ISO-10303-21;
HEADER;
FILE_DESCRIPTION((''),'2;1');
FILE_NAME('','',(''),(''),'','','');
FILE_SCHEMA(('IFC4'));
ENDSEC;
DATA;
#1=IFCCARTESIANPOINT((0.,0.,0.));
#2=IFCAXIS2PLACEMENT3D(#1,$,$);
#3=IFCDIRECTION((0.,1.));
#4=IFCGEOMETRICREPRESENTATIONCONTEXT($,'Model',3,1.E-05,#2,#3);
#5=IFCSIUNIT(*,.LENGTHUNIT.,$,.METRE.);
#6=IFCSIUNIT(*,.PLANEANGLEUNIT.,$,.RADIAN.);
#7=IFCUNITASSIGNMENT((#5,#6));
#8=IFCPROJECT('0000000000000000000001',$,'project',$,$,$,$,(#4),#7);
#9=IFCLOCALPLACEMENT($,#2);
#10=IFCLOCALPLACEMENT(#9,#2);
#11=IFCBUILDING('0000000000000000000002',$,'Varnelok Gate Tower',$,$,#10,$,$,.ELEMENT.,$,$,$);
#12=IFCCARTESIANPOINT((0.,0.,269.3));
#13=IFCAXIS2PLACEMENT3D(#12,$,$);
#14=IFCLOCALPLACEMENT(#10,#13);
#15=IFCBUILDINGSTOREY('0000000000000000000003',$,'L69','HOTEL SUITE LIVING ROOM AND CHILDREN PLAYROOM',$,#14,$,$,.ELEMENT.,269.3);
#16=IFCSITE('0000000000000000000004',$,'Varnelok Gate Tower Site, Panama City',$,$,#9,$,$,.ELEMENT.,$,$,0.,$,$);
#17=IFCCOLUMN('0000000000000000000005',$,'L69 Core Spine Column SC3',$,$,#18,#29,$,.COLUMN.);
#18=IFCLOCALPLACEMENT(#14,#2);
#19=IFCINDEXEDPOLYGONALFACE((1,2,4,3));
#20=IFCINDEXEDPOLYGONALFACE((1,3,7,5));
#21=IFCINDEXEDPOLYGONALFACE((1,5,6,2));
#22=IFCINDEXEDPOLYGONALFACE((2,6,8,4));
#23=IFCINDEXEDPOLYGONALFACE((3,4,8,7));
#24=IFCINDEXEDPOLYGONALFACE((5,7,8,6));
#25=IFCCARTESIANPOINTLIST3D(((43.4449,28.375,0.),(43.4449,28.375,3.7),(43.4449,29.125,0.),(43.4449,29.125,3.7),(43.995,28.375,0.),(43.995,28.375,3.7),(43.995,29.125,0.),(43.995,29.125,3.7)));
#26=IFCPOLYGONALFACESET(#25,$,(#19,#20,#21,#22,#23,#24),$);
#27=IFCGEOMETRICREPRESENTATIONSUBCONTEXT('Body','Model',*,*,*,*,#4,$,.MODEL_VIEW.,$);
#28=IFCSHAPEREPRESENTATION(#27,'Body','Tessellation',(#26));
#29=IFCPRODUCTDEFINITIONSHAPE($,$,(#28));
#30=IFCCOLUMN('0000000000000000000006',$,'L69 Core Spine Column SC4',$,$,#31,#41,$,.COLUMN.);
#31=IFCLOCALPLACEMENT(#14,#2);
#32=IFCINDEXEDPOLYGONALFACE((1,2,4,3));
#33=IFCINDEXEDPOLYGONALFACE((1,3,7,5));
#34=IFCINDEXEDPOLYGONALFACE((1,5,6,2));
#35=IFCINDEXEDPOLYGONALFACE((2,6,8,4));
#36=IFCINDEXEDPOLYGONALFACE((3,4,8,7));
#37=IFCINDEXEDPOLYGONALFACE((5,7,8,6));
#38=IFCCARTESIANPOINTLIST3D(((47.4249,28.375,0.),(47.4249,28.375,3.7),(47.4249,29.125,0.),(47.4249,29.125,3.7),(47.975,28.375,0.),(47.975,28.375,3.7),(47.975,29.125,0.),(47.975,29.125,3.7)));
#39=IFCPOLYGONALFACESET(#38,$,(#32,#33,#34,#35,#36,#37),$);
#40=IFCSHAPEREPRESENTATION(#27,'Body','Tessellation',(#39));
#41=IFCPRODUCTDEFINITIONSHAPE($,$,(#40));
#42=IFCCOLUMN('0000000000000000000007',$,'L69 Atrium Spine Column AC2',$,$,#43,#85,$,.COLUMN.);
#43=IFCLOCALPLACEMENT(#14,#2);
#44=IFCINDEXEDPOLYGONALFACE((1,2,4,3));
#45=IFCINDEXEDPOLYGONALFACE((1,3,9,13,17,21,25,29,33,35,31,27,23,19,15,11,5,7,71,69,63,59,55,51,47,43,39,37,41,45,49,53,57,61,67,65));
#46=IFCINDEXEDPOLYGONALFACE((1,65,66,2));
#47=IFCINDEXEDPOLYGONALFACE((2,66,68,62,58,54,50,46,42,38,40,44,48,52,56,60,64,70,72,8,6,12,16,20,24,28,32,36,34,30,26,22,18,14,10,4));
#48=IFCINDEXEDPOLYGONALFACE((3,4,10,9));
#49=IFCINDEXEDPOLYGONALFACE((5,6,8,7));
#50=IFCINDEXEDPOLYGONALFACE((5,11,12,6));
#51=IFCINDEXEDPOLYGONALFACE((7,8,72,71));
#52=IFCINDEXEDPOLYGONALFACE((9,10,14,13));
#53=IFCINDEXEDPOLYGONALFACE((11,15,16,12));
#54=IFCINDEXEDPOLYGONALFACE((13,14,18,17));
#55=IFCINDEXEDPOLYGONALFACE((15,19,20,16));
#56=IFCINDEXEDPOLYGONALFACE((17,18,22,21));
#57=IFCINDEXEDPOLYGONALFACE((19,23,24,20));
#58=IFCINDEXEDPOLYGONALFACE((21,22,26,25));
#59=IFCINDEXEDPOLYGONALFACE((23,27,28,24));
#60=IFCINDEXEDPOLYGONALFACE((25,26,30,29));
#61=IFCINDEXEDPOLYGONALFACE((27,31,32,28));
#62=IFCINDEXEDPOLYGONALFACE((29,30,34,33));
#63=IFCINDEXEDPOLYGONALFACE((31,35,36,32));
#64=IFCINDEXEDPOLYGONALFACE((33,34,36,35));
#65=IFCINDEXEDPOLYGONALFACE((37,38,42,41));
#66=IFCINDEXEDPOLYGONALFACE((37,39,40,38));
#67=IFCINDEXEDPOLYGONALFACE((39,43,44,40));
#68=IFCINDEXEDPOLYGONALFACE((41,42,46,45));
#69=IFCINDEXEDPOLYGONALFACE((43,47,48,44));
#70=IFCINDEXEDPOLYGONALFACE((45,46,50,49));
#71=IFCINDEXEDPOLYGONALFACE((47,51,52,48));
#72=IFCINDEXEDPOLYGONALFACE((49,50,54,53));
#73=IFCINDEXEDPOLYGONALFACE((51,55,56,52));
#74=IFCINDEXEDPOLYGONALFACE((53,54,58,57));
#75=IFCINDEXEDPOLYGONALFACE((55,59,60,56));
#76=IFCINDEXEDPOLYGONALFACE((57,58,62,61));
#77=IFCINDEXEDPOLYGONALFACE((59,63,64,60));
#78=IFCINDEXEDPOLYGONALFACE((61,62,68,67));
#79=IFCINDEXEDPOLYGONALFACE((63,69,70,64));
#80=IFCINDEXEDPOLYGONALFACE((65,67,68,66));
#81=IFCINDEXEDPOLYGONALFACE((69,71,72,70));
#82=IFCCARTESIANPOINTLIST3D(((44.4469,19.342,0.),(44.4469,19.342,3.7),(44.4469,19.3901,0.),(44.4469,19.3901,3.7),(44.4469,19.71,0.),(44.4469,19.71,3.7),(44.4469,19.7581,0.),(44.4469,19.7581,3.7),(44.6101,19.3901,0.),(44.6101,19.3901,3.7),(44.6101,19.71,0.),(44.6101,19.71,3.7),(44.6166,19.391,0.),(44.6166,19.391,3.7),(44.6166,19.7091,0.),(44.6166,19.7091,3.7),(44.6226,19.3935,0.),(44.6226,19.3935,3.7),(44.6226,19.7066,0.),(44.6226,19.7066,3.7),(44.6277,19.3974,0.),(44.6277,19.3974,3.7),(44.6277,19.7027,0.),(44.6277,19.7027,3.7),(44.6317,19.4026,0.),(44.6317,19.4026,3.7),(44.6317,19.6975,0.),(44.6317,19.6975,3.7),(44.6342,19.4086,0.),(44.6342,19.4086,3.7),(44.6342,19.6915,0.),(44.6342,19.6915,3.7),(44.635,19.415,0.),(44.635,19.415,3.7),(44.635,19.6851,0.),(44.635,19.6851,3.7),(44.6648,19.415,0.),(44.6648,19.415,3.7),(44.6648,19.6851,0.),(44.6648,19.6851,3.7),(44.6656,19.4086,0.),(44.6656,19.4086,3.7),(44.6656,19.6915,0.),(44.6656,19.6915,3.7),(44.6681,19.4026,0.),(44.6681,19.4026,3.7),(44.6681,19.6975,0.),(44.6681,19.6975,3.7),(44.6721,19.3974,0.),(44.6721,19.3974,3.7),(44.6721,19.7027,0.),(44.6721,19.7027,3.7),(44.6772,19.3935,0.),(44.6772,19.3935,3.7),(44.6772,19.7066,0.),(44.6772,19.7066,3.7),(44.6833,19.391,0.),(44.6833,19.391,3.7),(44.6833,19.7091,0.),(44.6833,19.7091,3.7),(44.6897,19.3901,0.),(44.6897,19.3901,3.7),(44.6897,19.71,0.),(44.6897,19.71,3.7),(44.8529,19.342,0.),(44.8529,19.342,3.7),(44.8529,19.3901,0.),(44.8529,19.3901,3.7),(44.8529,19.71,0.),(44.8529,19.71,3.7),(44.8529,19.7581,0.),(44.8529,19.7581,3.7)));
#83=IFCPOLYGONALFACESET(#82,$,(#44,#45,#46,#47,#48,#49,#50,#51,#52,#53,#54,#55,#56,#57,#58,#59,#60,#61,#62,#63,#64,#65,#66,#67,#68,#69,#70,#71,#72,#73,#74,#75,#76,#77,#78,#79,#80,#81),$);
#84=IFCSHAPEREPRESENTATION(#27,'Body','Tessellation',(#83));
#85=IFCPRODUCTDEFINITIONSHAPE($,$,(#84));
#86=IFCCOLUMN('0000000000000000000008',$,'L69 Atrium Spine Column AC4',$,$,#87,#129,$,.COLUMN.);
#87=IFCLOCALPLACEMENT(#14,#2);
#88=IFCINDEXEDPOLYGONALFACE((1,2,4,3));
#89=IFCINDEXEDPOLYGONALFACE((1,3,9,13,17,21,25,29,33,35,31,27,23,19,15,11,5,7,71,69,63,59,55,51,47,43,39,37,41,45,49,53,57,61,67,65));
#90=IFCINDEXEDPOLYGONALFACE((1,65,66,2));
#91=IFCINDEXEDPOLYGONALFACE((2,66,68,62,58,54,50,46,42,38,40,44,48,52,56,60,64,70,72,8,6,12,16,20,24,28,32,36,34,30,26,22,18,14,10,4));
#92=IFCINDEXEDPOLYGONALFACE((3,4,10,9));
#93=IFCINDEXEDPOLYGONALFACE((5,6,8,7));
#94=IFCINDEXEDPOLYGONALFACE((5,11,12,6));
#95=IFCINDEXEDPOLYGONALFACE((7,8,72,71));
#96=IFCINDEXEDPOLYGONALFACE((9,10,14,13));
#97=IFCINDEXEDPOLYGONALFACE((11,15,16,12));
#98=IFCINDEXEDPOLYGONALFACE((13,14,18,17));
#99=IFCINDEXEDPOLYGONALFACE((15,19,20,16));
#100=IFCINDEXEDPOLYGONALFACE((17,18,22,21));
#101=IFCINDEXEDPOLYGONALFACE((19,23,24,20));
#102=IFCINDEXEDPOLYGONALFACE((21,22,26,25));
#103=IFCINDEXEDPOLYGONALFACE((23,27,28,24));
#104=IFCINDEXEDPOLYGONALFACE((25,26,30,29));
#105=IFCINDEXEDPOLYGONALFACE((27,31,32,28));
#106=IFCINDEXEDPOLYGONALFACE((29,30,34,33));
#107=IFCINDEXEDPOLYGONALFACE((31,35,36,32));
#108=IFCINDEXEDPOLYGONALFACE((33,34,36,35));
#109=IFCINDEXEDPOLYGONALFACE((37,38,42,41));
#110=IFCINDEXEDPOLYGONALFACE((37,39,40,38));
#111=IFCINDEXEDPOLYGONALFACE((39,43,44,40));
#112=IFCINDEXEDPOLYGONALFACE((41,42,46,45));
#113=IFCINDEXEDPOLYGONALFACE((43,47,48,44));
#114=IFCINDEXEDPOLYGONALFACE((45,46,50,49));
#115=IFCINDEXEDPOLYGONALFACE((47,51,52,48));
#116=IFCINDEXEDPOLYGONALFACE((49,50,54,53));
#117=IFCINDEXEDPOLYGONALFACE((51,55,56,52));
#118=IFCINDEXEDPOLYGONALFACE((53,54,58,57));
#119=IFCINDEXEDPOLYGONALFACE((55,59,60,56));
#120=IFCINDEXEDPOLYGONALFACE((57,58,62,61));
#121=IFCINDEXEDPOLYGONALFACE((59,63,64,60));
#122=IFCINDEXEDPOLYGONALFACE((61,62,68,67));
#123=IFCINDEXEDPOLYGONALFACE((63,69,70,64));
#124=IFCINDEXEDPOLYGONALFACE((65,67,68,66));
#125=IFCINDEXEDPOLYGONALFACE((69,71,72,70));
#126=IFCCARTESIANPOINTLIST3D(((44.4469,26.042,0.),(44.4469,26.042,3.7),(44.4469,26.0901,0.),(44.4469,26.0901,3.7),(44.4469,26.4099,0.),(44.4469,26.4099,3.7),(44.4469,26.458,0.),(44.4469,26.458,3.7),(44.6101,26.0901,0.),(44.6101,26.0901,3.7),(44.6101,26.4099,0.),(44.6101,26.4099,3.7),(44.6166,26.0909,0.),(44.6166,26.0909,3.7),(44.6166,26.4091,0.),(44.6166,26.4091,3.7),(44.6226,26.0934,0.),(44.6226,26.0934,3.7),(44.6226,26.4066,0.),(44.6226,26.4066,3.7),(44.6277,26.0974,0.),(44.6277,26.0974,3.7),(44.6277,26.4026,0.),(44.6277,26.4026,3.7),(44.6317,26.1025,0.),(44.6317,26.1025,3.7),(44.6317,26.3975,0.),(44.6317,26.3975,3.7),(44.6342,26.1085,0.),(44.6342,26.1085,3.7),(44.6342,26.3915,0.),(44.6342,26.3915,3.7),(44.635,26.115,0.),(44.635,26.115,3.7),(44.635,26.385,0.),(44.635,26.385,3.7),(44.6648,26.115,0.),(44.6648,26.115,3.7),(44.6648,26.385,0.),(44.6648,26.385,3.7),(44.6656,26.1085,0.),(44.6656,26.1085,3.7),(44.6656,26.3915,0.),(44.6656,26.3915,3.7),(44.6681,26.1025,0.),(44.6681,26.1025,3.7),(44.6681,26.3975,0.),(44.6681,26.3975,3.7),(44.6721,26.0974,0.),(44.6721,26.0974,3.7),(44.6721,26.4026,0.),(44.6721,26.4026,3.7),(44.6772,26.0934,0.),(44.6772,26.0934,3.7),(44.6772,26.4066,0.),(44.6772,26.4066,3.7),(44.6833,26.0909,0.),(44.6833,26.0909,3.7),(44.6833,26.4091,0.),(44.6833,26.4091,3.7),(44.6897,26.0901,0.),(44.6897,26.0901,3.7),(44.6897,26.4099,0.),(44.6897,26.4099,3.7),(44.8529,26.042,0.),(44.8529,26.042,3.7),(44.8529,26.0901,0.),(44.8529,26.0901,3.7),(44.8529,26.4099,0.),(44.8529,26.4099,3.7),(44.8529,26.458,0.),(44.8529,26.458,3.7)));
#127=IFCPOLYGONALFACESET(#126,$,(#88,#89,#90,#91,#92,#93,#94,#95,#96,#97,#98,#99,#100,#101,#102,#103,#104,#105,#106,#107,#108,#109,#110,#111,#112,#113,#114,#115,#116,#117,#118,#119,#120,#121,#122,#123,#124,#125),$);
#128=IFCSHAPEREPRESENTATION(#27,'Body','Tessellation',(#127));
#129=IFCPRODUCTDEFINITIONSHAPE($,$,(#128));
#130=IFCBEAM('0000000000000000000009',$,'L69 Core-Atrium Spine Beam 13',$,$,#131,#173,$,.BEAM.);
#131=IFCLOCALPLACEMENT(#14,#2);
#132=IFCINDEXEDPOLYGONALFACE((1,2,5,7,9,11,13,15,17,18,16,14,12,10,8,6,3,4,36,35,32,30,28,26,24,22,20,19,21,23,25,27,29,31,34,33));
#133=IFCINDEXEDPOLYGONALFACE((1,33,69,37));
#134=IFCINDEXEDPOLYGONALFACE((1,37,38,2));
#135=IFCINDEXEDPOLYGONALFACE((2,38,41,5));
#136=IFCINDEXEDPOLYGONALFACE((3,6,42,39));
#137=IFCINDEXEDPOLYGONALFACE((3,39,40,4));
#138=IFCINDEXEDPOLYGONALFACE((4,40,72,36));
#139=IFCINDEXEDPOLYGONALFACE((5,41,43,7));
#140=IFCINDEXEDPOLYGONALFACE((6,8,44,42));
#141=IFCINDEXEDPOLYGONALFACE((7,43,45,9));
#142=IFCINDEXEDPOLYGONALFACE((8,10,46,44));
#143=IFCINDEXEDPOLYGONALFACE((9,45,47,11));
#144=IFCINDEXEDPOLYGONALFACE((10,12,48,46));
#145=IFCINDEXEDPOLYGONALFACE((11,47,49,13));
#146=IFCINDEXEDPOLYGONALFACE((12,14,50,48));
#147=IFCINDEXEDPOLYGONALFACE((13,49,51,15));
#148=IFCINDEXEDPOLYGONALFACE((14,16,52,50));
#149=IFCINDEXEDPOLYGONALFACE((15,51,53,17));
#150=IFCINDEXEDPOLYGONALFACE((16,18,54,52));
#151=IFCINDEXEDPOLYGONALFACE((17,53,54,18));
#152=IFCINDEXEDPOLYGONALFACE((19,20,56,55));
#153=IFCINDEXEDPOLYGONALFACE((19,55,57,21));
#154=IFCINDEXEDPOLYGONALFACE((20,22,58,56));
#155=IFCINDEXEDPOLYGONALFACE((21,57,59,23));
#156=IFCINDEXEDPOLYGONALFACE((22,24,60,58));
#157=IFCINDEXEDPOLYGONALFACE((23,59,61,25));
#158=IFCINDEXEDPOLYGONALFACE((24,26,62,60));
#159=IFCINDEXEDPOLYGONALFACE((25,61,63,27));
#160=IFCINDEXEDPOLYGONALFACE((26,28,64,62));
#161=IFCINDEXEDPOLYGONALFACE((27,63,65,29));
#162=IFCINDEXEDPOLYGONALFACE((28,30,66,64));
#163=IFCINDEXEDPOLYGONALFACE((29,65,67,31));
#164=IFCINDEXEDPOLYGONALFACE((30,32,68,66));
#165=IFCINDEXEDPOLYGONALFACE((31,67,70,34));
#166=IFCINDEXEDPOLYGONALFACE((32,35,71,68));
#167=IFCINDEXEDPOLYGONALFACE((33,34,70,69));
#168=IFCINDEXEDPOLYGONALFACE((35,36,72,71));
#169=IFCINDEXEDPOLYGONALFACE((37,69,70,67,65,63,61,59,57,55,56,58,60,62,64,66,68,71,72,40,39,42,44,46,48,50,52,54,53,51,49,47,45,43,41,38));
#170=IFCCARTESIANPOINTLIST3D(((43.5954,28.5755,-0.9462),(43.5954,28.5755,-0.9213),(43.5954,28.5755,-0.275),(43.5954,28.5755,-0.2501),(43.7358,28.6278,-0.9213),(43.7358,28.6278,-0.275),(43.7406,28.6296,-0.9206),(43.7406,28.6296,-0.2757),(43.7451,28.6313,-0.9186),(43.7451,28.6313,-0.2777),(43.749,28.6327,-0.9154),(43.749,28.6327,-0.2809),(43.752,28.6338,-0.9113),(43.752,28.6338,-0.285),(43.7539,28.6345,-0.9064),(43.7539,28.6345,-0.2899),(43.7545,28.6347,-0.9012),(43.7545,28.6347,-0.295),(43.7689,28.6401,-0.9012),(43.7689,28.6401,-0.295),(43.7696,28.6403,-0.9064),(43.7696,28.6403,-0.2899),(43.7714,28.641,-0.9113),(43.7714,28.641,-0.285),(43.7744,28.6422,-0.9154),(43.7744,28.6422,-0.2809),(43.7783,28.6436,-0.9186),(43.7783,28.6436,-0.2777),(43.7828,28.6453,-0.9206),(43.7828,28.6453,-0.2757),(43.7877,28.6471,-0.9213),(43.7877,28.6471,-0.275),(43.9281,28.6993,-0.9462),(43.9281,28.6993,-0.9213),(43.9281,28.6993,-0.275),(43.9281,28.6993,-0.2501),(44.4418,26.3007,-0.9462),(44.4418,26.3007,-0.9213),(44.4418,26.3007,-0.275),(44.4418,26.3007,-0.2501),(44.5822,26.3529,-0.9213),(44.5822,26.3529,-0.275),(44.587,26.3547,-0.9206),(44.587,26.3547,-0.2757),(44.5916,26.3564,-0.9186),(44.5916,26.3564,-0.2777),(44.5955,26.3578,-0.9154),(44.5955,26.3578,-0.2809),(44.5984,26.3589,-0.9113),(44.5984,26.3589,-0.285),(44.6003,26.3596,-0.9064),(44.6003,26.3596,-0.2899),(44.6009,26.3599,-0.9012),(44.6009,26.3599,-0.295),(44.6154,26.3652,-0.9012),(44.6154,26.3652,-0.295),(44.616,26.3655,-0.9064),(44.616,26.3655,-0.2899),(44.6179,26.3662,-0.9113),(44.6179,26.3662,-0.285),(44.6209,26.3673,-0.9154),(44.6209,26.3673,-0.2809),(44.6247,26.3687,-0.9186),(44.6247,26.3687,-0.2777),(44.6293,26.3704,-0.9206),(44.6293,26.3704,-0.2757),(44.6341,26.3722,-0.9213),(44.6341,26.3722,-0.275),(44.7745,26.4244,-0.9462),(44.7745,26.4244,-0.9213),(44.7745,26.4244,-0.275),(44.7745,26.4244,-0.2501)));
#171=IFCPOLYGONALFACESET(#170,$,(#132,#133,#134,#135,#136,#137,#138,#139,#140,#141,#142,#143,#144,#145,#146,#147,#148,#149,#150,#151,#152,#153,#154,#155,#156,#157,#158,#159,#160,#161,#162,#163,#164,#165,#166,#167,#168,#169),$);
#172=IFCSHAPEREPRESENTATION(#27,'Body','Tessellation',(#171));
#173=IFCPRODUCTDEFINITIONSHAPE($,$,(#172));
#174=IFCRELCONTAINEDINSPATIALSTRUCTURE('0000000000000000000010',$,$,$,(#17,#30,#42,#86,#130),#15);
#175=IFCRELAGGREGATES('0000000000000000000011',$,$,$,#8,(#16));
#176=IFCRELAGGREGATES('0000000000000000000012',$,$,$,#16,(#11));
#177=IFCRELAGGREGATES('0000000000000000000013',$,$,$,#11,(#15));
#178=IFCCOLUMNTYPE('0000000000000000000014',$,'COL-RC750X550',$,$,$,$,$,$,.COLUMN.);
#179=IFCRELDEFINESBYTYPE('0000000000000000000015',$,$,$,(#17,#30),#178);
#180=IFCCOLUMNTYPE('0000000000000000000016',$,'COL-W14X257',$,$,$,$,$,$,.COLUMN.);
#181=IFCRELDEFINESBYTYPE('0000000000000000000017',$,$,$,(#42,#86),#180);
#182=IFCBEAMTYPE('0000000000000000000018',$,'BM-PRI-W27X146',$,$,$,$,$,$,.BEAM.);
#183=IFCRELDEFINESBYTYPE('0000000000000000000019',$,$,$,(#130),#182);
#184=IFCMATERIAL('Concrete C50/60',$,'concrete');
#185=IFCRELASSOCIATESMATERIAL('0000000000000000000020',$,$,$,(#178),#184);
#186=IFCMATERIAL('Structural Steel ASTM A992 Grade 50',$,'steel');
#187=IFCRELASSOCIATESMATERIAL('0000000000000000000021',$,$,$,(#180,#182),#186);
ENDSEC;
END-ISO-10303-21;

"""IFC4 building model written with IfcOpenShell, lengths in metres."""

from ifc_helpers import new_model, si_unit, direction, frame, origin, origin_2d, place, context, subcontext, project, spatial, rectangle, i_section, extrude, material, material_profile, profile_set, type_object, element, save


model = new_model("IFC4")

# Units and contexts
model_context = context("Model", 3, precision=1e-05, world=origin(), true_north=direction((0.0, 1.0)))
body_context = subcontext(model_context, "Body", "Model", "MODEL_VIEW")
ifc_project = project(units=[si_unit("LENGTHUNIT", "METRE"), si_unit("PLANEANGLEUNIT", "RADIAN")], contexts=[model_context])

# Site, building, storey
site_placement = place(None, origin())
site = spatial("IfcSite", under=ifc_project, at=site_placement, Name="Varnelok Gate Tower Site, Panama City", CompositionType="ELEMENT", RefElevation=0.0)
building_placement = place(site_placement, origin())
building = spatial("IfcBuilding", under=site, at=building_placement, Name="Varnelok Gate Tower", CompositionType="ELEMENT")
storey_placement = place(building_placement, frame((0.0, 0.0, 269.3)))
storey = spatial("IfcBuildingStorey", under=building, at=storey_placement, Name="L69", Description="HOTEL SUITE LIVING ROOM AND CHILDREN PLAYROOM", CompositionType="ELEMENT", Elevation=269.3)

# Columns
ifc_material_1 = material(Name="Concrete C50/60", Category="concrete")
ifc_material_profile_1 = material_profile(ifc_material_1, rectangle(XDim=0.55, YDim=0.75, at=origin_2d()), Name="RC750X550")
ifc_profile_set_1 = profile_set([ifc_material_profile_1], Name="Concrete C50/60")
column_type_1 = type_object("IfcColumnType", Name="COL-RC750X550", PredefinedType="COLUMN", material=ifc_profile_set_1)
for number, where, z_axis, x_axis, name in (
    (1, (43.72, 28.75, 0.0), (0.0, 0.0, 1.0), (1.0, 0.0, 0.0), "L69 Core Spine Column SC3"),
    (2, (47.7, 28.75, 0.0), (0.0, 0.0, 1.0), (1.0, 0.0, 0.0), "L69 Core Spine Column SC4"),
):
    element("IfcColumn", number, at=place(storey_placement, frame(where, z_axis=z_axis, x_axis=x_axis)), inside=storey, type_object=column_type_1, Name=name, PredefinedType="COLUMN", context=body_context, shape_type="SweptSolid", body=[
        extrude(rectangle(XDim=0.55, YDim=0.75, at=origin_2d()), origin(), (0.0, 0.0, 1.0), 3.7),
    ])
ifc_material_2 = material(Name="Structural Steel ASTM A992 Grade 50", Category="steel")
ifc_material_profile_2 = material_profile(ifc_material_2, i_section(OverallWidth=0.406, OverallDepth=0.416, WebThickness=0.0298, FlangeThickness=0.0481, FilletRadius=0.0249, at=origin_2d()), Name="W14X257")
ifc_profile_set_2 = profile_set([ifc_material_profile_2], Name="Structural Steel ASTM A992 Grade 50")
column_type_2 = type_object("IfcColumnType", Name="COL-W14X257", PredefinedType="COLUMN", material=ifc_profile_set_2)
for number, where, z_axis, x_axis, name in (
    (3, (44.6499, 19.55, 0.0), (0.0, 0.0, 1.0), (1.0, 0.0, 0.0), "L69 Atrium Spine Column AC2"),
    (4, (44.6499, 26.25, 0.0), (0.0, 0.0, 1.0), (1.0, 0.0, 0.0), "L69 Atrium Spine Column AC4"),
):
    element("IfcColumn", number, at=place(storey_placement, frame(where, z_axis=z_axis, x_axis=x_axis)), inside=storey, type_object=column_type_2, Name=name, PredefinedType="COLUMN", context=body_context, shape_type="SweptSolid", body=[
        extrude(i_section(OverallWidth=0.406, OverallDepth=0.416, WebThickness=0.0298, FlangeThickness=0.0481, FilletRadius=0.0249, at=origin_2d()), origin(), (0.0, 0.0, 1.0), 3.7),
    ])

# Beam
ifc_material_profile_3 = material_profile(ifc_material_2, i_section(OverallWidth=0.355, OverallDepth=0.696, WebThickness=0.0154, FlangeThickness=0.0249, FilletRadius=0.02, at=origin_2d()), Name="W27X146")
ifc_profile_set_3 = profile_set([ifc_material_profile_3], Name="Structural Steel ASTM A992 Grade 50")
beam_type_1 = type_object("IfcBeamType", Name="BM-PRI-W27X146", PredefinedType="BEAM", material=ifc_profile_set_3)
beam_1_placement = place(storey_placement, frame((44.6082, 26.3625, -0.5981), z_axis=(-0.348719, 0.937227, 0.0), x_axis=(-0.937227, -0.348719, 0.0)))
element("IfcBeam", 5, at=beam_1_placement, inside=storey, type_object=beam_type_1, Name="L69 Core-Atrium Spine Beam 13", PredefinedType="BEAM", context=body_context, shape_type="SweptSolid", body=[
    extrude(i_section(OverallWidth=0.355, OverallDepth=0.696, WebThickness=0.0154, FlangeThickness=0.0249, FilletRadius=0.02, at=origin_2d()), origin(), (0.0, 0.0, 1.0), 2.4272),
])

save(model, "model.ifc")
